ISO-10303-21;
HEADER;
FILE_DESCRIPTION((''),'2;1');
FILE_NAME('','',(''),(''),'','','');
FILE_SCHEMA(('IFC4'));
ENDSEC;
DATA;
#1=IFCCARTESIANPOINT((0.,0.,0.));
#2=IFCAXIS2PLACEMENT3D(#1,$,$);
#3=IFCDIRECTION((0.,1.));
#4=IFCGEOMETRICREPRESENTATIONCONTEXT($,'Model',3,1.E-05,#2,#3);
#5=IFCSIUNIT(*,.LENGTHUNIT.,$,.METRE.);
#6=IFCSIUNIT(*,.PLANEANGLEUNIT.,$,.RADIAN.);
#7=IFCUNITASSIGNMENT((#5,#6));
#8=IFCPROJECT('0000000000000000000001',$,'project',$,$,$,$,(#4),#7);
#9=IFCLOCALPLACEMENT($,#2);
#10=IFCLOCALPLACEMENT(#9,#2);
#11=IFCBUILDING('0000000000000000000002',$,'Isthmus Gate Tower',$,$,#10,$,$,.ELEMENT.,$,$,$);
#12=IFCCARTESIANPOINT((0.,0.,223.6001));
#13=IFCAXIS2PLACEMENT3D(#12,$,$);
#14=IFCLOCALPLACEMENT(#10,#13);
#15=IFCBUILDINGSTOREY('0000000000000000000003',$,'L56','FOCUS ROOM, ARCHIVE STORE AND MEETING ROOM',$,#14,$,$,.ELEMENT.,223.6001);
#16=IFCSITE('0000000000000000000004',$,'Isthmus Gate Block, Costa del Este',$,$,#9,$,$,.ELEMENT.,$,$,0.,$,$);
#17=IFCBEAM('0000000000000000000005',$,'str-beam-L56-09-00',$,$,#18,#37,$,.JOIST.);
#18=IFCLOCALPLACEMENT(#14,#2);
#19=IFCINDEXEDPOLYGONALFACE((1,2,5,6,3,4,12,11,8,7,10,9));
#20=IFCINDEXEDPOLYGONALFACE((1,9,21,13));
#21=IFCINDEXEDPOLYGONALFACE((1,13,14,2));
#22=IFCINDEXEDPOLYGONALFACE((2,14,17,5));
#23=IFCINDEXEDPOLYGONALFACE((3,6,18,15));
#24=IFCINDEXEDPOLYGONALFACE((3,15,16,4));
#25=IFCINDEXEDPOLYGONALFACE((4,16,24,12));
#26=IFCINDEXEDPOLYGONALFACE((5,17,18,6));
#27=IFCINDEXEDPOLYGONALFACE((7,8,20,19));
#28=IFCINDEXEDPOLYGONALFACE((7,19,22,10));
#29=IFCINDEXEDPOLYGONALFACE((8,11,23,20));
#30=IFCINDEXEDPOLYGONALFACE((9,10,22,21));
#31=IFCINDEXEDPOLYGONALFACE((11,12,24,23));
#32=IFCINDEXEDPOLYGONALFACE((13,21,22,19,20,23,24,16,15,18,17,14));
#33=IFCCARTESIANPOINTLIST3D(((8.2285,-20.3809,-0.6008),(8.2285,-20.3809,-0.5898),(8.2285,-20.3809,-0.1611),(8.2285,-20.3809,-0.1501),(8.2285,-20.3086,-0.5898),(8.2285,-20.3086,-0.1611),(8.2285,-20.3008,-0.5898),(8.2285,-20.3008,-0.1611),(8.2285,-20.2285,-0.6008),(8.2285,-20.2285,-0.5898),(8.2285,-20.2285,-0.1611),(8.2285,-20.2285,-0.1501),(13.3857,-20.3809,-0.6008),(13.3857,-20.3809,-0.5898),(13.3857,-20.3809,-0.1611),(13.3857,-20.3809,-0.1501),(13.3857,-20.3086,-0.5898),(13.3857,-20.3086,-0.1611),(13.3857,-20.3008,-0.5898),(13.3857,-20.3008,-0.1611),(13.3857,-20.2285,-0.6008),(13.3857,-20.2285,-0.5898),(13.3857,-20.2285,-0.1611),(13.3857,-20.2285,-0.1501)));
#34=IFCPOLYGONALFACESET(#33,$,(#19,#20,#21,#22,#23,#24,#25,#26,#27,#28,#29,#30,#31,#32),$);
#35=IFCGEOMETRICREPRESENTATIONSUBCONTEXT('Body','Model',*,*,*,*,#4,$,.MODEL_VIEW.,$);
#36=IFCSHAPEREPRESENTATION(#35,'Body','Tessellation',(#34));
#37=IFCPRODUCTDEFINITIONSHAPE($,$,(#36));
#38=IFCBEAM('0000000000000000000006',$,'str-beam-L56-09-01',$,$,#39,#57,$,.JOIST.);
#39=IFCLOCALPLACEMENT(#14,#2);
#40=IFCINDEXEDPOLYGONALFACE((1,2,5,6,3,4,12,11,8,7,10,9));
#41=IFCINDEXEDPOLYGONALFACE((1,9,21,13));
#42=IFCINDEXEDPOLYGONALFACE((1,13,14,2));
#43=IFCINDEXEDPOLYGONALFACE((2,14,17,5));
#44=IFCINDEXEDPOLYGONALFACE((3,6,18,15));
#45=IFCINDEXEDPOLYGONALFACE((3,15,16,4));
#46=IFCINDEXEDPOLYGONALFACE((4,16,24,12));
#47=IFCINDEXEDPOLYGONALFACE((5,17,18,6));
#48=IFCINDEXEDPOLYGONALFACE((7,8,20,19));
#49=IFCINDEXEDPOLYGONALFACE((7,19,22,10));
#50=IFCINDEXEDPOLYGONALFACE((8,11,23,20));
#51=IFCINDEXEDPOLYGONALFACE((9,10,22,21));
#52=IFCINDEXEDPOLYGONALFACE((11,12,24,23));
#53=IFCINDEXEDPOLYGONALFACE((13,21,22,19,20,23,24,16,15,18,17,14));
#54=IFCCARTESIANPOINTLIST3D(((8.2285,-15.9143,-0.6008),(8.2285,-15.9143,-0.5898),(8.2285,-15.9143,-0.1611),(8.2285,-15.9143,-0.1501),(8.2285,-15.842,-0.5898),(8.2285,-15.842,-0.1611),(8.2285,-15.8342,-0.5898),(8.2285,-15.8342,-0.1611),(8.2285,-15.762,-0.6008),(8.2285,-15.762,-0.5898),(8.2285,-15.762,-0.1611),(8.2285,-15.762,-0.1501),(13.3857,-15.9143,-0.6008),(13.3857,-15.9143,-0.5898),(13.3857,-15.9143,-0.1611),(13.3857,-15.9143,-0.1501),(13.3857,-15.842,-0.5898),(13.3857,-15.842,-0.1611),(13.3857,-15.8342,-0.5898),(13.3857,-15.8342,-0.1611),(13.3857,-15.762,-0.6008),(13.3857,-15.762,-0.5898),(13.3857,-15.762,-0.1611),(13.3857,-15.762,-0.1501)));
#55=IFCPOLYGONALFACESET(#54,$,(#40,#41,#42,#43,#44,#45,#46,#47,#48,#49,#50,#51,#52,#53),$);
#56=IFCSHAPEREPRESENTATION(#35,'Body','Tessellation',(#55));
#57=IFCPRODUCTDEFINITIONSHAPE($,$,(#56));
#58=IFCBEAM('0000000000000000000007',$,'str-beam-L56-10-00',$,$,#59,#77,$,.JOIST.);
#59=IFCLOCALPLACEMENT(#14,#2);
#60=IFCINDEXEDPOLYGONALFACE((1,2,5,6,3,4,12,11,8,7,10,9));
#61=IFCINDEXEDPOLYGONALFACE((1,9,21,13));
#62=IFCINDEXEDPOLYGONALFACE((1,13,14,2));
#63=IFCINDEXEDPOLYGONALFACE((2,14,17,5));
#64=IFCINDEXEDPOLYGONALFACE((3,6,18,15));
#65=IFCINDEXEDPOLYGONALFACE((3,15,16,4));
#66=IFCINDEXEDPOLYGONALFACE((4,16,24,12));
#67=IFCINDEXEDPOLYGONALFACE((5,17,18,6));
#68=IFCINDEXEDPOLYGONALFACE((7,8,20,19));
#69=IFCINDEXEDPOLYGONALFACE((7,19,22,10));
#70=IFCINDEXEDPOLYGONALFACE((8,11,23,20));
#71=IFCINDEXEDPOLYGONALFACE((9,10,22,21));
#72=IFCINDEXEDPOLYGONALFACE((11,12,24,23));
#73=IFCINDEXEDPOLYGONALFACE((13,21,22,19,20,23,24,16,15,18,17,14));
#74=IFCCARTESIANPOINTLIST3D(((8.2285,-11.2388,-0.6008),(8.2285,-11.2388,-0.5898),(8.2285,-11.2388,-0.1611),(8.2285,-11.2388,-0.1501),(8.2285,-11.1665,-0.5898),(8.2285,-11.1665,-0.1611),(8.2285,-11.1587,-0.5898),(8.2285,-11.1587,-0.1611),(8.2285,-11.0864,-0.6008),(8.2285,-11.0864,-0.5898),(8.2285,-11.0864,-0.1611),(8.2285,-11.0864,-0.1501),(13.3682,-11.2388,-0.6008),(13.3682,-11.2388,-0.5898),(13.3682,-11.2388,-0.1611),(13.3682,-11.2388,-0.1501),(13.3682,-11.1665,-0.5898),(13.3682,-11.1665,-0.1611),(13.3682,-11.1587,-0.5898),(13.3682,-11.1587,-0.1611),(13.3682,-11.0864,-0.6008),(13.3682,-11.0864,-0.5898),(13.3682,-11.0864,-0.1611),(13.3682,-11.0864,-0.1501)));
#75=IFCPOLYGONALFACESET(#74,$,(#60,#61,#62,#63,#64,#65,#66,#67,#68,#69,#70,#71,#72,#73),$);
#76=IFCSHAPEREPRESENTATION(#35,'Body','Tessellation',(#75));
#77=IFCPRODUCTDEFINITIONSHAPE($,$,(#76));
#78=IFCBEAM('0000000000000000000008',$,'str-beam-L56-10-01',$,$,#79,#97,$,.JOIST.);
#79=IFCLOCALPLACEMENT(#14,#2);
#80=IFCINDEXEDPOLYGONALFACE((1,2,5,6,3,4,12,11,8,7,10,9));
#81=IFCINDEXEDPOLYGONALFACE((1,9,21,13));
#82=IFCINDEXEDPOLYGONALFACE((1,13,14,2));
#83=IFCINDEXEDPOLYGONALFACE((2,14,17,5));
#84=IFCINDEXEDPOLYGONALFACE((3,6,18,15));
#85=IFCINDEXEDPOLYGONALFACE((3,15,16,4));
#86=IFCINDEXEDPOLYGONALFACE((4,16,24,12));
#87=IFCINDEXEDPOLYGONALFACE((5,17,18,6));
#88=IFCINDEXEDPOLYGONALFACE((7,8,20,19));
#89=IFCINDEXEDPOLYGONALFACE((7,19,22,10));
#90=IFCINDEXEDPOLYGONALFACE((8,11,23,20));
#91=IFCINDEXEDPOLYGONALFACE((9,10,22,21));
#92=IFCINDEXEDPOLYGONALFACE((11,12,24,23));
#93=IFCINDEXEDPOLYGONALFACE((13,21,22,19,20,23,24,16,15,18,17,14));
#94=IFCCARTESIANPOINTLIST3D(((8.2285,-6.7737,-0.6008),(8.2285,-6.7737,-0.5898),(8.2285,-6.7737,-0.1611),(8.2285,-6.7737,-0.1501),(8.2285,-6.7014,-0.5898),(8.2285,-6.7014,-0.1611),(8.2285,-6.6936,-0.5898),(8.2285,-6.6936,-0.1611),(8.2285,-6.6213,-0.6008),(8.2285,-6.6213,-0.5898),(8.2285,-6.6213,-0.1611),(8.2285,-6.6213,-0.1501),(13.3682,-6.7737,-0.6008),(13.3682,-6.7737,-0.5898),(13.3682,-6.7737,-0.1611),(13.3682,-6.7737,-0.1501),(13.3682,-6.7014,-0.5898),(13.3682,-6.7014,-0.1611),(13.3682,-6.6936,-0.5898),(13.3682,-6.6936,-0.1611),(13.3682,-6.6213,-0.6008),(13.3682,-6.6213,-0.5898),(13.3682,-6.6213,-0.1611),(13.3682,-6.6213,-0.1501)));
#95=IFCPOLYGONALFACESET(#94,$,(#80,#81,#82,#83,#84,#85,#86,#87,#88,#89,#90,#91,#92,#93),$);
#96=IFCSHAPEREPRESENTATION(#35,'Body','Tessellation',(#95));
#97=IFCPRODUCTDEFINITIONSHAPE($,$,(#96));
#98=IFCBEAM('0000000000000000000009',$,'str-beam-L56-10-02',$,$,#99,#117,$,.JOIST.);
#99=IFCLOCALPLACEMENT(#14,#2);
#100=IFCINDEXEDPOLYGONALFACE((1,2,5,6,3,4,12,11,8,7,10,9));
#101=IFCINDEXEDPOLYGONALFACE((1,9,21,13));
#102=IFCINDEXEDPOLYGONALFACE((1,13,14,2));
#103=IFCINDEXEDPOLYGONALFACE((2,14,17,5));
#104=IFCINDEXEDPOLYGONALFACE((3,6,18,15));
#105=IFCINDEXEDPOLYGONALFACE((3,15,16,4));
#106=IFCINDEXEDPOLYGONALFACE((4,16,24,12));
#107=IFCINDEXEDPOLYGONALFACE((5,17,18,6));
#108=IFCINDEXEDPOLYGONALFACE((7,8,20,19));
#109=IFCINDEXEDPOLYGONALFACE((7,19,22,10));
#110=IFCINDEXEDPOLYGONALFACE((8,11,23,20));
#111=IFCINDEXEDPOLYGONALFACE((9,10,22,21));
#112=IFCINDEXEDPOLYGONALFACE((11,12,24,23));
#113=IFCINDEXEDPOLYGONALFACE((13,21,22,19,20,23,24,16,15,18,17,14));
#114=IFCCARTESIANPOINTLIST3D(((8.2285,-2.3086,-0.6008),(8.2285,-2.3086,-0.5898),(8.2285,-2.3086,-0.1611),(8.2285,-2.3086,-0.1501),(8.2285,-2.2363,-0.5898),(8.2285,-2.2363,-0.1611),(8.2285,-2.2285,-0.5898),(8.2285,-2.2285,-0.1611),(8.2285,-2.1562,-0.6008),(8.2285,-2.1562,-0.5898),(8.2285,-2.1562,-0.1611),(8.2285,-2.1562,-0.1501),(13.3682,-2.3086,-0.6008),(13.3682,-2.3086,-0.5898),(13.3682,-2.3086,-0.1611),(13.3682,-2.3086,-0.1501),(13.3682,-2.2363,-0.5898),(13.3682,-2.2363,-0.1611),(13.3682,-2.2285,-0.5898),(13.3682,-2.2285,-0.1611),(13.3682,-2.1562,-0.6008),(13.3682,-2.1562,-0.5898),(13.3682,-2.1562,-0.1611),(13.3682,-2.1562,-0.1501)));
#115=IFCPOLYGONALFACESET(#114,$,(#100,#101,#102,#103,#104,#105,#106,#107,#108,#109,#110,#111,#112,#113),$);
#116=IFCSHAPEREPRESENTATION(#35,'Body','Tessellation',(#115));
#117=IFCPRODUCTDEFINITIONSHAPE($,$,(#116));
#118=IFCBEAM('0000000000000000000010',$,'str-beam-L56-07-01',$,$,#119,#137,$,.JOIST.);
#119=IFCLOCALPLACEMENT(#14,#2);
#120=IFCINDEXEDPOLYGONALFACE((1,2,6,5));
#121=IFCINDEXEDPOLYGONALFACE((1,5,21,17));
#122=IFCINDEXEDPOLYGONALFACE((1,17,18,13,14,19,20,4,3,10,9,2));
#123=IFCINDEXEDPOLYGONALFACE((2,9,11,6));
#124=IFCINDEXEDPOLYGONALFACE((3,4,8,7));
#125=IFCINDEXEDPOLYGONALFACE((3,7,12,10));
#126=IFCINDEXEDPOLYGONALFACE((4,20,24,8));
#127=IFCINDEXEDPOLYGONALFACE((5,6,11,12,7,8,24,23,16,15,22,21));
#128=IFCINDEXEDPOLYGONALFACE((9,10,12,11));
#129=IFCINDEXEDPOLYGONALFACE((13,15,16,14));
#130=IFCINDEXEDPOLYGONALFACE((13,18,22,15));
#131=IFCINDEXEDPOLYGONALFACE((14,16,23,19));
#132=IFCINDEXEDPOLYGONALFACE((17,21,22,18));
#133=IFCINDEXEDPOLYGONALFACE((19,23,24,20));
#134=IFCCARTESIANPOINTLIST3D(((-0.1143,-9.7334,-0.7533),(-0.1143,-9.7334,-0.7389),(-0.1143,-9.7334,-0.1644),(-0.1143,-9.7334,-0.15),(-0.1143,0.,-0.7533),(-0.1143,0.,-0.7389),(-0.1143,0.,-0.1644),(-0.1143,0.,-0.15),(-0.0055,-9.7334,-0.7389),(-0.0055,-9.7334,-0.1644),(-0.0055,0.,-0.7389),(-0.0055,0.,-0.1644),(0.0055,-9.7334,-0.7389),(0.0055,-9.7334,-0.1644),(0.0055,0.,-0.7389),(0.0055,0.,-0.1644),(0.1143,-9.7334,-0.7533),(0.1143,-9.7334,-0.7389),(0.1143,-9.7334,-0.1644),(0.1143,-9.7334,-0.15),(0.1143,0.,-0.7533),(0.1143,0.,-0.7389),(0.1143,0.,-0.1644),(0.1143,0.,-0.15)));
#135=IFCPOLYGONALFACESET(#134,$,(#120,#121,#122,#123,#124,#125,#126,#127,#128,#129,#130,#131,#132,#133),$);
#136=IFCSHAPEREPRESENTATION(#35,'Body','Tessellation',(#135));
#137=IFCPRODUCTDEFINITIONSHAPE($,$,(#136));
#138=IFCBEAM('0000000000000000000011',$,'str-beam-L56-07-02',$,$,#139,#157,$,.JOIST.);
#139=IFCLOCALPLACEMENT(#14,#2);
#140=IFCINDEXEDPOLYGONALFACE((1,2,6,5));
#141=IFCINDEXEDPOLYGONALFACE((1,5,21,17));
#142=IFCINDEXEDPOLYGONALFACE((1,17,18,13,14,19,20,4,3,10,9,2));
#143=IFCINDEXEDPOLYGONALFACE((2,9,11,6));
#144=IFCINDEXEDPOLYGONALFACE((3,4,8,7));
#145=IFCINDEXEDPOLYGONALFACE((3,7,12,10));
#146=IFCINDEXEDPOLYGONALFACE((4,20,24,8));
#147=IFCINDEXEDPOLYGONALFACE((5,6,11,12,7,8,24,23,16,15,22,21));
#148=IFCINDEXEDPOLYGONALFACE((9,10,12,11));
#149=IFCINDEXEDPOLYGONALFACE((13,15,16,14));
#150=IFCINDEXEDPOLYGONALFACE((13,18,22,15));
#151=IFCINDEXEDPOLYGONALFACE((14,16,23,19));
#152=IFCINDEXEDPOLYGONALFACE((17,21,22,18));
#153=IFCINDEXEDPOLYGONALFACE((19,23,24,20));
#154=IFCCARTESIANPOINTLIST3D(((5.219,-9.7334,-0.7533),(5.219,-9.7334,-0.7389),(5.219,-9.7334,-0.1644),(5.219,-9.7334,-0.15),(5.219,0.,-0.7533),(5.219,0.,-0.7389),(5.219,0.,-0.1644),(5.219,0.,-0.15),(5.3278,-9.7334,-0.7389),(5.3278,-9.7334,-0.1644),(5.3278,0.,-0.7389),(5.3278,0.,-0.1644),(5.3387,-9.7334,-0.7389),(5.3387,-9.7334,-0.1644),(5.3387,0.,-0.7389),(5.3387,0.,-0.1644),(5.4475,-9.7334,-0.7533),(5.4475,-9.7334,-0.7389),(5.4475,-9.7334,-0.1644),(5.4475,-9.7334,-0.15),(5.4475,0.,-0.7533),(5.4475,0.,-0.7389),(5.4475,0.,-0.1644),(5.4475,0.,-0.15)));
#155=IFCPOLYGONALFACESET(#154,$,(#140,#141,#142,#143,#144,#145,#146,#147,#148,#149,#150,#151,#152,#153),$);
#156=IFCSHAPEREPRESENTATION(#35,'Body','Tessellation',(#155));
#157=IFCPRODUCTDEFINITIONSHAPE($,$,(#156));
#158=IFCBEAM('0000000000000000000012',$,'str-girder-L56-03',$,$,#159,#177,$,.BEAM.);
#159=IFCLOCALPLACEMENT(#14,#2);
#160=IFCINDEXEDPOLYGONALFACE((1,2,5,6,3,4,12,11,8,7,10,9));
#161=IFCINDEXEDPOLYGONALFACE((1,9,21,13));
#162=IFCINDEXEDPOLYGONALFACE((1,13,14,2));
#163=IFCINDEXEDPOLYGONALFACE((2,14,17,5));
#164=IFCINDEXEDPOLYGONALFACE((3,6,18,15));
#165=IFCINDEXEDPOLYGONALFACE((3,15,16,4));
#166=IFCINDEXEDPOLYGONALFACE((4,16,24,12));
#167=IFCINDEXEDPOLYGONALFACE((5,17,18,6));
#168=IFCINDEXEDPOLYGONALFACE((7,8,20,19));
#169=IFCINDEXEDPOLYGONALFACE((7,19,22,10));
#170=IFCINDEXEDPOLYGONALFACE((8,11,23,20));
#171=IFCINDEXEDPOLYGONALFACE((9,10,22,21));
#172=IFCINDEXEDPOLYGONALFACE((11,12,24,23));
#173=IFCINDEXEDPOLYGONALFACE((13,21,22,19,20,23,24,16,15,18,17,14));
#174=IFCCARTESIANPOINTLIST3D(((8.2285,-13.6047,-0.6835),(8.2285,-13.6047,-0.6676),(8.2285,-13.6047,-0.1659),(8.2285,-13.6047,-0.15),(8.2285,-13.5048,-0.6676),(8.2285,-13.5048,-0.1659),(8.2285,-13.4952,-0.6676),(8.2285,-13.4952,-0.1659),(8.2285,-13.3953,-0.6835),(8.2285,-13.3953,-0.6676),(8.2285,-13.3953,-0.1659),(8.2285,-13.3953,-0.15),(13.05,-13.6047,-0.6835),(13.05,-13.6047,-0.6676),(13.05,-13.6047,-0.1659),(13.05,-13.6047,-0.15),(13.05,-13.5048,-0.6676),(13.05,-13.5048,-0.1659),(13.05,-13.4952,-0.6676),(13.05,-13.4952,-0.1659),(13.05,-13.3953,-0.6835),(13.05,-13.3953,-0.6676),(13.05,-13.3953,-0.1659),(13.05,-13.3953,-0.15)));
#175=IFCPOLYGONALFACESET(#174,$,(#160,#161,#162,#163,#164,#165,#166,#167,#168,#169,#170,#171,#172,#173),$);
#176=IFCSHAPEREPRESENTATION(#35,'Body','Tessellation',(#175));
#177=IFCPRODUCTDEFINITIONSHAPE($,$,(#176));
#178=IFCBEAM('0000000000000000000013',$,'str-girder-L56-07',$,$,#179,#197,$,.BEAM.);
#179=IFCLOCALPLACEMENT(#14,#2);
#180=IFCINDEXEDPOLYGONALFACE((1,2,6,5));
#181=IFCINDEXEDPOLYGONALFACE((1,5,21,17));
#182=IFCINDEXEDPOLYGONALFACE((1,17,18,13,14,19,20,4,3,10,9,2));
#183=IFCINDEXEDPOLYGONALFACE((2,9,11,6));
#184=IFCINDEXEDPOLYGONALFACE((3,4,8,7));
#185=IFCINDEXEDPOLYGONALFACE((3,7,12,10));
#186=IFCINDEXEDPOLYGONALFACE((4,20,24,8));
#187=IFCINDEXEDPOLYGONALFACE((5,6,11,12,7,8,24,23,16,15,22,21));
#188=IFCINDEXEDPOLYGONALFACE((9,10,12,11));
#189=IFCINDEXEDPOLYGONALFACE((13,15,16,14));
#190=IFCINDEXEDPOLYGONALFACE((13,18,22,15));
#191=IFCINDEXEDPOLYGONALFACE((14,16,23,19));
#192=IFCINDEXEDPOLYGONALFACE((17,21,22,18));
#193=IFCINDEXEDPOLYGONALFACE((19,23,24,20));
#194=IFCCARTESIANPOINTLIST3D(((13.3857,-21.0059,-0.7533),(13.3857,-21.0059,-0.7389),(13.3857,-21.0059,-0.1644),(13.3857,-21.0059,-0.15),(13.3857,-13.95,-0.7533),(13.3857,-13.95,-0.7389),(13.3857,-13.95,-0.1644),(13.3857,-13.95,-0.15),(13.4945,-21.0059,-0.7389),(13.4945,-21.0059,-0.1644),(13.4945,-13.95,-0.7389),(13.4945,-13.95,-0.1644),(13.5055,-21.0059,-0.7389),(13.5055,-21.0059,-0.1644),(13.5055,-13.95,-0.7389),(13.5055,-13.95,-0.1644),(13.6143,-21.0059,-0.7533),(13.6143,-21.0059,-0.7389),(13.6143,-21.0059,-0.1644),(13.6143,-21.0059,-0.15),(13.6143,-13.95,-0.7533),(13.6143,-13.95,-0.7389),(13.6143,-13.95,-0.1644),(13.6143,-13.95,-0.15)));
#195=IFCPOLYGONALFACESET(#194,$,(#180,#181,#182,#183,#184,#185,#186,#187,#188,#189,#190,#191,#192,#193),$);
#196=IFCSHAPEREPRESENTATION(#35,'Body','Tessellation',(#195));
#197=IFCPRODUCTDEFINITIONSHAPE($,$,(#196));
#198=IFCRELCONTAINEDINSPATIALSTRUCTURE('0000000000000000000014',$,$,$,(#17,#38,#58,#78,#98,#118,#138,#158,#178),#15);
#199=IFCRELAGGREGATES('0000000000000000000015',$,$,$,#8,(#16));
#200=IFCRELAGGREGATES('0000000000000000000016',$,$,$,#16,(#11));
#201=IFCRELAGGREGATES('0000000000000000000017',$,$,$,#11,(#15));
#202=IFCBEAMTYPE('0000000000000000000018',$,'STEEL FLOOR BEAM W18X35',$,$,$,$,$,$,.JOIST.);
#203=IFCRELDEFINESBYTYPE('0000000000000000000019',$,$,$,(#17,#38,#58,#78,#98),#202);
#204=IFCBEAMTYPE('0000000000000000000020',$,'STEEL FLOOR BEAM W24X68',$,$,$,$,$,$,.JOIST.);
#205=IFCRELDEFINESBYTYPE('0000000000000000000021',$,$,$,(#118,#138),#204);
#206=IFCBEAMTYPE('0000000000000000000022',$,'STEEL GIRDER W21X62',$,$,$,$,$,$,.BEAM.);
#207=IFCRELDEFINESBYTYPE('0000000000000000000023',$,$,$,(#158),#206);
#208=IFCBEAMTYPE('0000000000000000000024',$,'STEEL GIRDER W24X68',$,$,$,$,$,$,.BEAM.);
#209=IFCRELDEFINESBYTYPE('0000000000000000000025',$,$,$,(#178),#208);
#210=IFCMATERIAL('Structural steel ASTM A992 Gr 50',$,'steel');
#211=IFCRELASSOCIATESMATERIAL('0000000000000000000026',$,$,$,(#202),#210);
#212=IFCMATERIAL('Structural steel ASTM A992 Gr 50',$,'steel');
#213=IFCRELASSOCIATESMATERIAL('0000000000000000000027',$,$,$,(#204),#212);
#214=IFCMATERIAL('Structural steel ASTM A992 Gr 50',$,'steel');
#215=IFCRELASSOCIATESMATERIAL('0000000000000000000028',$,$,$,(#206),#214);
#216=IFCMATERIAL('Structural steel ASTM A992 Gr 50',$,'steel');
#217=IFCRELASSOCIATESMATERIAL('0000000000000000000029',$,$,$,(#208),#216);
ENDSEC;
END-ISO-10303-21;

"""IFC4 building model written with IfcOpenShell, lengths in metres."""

from ifc_helpers import new_model, si_unit, direction, frame, origin, origin_2d, place, context, subcontext, project, spatial, i_section, extrude, material, material_profile, profile_set, type_object, element, save


model = new_model("IFC4")

# Units and contexts
model_context = context("Model", 3, precision=1e-05, world=origin(), true_north=direction((0.0, 1.0)))
body_context = subcontext(model_context, "Body", "Model", "MODEL_VIEW")
ifc_project = project(units=[si_unit("LENGTHUNIT", "METRE"), si_unit("PLANEANGLEUNIT", "RADIAN")], contexts=[model_context])

# Site, building, storey
site_placement = place(None, origin())
site = spatial("IfcSite", under=ifc_project, at=site_placement, Name="Isthmus Gate Block, Costa del Este", CompositionType="ELEMENT", RefElevation=0.0)
building_placement = place(site_placement, origin())
building = spatial("IfcBuilding", under=site, at=building_placement, Name="Isthmus Gate Tower", CompositionType="ELEMENT")
storey_placement = place(building_placement, frame((0.0, 0.0, 223.6001)))
storey = spatial("IfcBuildingStorey", under=building, at=storey_placement, Name="L56", Description="FOCUS ROOM, ARCHIVE STORE AND MEETING ROOM", CompositionType="ELEMENT", Elevation=223.6001)

# Beams
ifc_material_1 = material(Name="Structural steel ASTM A992 Gr 50", Category="steel")
ifc_material_profile_1 = material_profile(ifc_material_1, i_section(OverallWidth=0.1523, OverallDepth=0.4507, WebThickness=0.0078, FlangeThickness=0.011, at=origin_2d()), Name="W18X35")
ifc_profile_set_1 = profile_set([ifc_material_profile_1], Name="Structural steel ASTM A992 Gr 50")
beam_type_1 = type_object("IfcBeamType", Name="STEEL FLOOR BEAM W18X35", PredefinedType="JOIST", material=ifc_profile_set_1)
for number, where, z_axis, x_axis, name in (
    (1, (8.2285, -20.3047, -0.3755), (1.0, 0.0, 0.0), (0.0, 1.0, 0.0), "str-beam-L56-09-00"),
    (2, (8.2285, -15.8381, -0.3755), (1.0, 0.0, 0.0), (0.0, 1.0, 0.0), "str-beam-L56-09-01"),
):
    element("IfcBeam", number, at=place(storey_placement, frame(where, z_axis=z_axis, x_axis=x_axis)), inside=storey, type_object=beam_type_1, Name=name, PredefinedType="JOIST", context=body_context, shape_type="SweptSolid", body=[
        extrude(i_section(OverallWidth=0.1523, OverallDepth=0.4507, WebThickness=0.0078, FlangeThickness=0.011, at=origin_2d()), origin(), (0.0, 0.0, 1.0), 5.1572),
    ])
for number, where, z_axis, x_axis, name in (
    (3, (8.2285, -11.1626, -0.3755), (1.0, 0.0, 0.0), (0.0, 1.0, 0.0), "str-beam-L56-10-00"),
    (4, (8.2285, -6.6975, -0.3755), (1.0, 0.0, 0.0), (0.0, 1.0, 0.0), "str-beam-L56-10-01"),
    (5, (8.2285, -2.2324, -0.3755), (1.0, 0.0, 0.0), (0.0, 1.0, 0.0), "str-beam-L56-10-02"),
):
    element("IfcBeam", number, at=place(storey_placement, frame(where, z_axis=z_axis, x_axis=x_axis)), inside=storey, type_object=beam_type_1, Name=name, PredefinedType="JOIST", context=body_context, shape_type="SweptSolid", body=[
        extrude(i_section(OverallWidth=0.1523, OverallDepth=0.4507, WebThickness=0.0078, FlangeThickness=0.011, at=origin_2d()), origin(), (0.0, 0.0, 1.0), 5.1396),
    ])
ifc_material_2 = material(Name="Structural steel ASTM A992 Gr 50", Category="steel")
ifc_material_profile_2 = material_profile(ifc_material_2, i_section(OverallWidth=0.2285, OverallDepth=0.6033, WebThickness=0.011, FlangeThickness=0.0144, at=origin_2d()), Name="W24X68")
ifc_profile_set_2 = profile_set([ifc_material_profile_2], Name="Structural steel ASTM A992 Gr 50")
beam_type_2 = type_object("IfcBeamType", Name="STEEL FLOOR BEAM W24X68", PredefinedType="JOIST", material=ifc_profile_set_2)
for number, where, z_axis, x_axis, name in (
    (6, (0.0, -9.7334, -0.4517), (0.0, 1.0, 0.0), (-1.0, 0.0, 0.0), "str-beam-L56-07-01"),
    (7, (5.3333, -9.7334, -0.4517), (0.0, 1.0, 0.0), (-1.0, 0.0, 0.0), "str-beam-L56-07-02"),
):
    element("IfcBeam", number, at=place(storey_placement, frame(where, z_axis=z_axis, x_axis=x_axis)), inside=storey, type_object=beam_type_2, Name=name, PredefinedType="JOIST", context=body_context, shape_type="SweptSolid", body=[
        extrude(i_section(OverallWidth=0.2285, OverallDepth=0.6033, WebThickness=0.011, FlangeThickness=0.0144, at=origin_2d()), origin(), (0.0, 0.0, 1.0), 9.7334),
    ])
ifc_material_3 = material(Name="Structural steel ASTM A992 Gr 50", Category="steel")
ifc_material_profile_3 = material_profile(ifc_material_3, i_section(OverallWidth=0.2095, OverallDepth=0.5334, WebThickness=0.0095, FlangeThickness=0.0159, at=origin_2d()), Name="W21X62")
ifc_profile_set_3 = profile_set([ifc_material_profile_3], Name="Structural steel ASTM A992 Gr 50")
beam_type_3 = type_object("IfcBeamType", Name="STEEL GIRDER W21X62", PredefinedType="BEAM", material=ifc_profile_set_3)
beam_1_placement = place(storey_placement, frame((8.2285, -13.5, -0.4167), z_axis=(1.0, 0.0, 0.0), x_axis=(0.0, 1.0, 0.0)))
element("IfcBeam", 8, at=beam_1_placement, inside=storey, type_object=beam_type_3, Name="str-girder-L56-03", PredefinedType="BEAM", context=body_context, shape_type="SweptSolid", body=[
    extrude(i_section(OverallWidth=0.2095, OverallDepth=0.5334, WebThickness=0.0095, FlangeThickness=0.0159, at=origin_2d()), origin(), (0.0, 0.0, 1.0), 4.8215),
])
ifc_material_4 = material(Name="Structural steel ASTM A992 Gr 50", Category="steel")
ifc_material_profile_4 = material_profile(ifc_material_4, i_section(OverallWidth=0.2285, OverallDepth=0.6033, WebThickness=0.011, FlangeThickness=0.0144, at=origin_2d()), Name="W24X68")
ifc_profile_set_4 = profile_set([ifc_material_profile_4], Name="Structural steel ASTM A992 Gr 50")
beam_type_4 = type_object("IfcBeamType", Name="STEEL GIRDER W24X68", PredefinedType="BEAM", material=ifc_profile_set_4)
beam_2_placement = place(storey_placement, frame((13.5, -21.0059, -0.4517), z_axis=(0.0, 1.0, 0.0), x_axis=(-1.0, 0.0, 0.0)))
element("IfcBeam", 9, at=beam_2_placement, inside=storey, type_object=beam_type_4, Name="str-girder-L56-07", PredefinedType="BEAM", context=body_context, shape_type="SweptSolid", body=[
    extrude(i_section(OverallWidth=0.2285, OverallDepth=0.6033, WebThickness=0.011, FlangeThickness=0.0144, at=origin_2d()), origin(), (0.0, 0.0, 1.0), 7.0559),
])

save(model, "model.ifc")
